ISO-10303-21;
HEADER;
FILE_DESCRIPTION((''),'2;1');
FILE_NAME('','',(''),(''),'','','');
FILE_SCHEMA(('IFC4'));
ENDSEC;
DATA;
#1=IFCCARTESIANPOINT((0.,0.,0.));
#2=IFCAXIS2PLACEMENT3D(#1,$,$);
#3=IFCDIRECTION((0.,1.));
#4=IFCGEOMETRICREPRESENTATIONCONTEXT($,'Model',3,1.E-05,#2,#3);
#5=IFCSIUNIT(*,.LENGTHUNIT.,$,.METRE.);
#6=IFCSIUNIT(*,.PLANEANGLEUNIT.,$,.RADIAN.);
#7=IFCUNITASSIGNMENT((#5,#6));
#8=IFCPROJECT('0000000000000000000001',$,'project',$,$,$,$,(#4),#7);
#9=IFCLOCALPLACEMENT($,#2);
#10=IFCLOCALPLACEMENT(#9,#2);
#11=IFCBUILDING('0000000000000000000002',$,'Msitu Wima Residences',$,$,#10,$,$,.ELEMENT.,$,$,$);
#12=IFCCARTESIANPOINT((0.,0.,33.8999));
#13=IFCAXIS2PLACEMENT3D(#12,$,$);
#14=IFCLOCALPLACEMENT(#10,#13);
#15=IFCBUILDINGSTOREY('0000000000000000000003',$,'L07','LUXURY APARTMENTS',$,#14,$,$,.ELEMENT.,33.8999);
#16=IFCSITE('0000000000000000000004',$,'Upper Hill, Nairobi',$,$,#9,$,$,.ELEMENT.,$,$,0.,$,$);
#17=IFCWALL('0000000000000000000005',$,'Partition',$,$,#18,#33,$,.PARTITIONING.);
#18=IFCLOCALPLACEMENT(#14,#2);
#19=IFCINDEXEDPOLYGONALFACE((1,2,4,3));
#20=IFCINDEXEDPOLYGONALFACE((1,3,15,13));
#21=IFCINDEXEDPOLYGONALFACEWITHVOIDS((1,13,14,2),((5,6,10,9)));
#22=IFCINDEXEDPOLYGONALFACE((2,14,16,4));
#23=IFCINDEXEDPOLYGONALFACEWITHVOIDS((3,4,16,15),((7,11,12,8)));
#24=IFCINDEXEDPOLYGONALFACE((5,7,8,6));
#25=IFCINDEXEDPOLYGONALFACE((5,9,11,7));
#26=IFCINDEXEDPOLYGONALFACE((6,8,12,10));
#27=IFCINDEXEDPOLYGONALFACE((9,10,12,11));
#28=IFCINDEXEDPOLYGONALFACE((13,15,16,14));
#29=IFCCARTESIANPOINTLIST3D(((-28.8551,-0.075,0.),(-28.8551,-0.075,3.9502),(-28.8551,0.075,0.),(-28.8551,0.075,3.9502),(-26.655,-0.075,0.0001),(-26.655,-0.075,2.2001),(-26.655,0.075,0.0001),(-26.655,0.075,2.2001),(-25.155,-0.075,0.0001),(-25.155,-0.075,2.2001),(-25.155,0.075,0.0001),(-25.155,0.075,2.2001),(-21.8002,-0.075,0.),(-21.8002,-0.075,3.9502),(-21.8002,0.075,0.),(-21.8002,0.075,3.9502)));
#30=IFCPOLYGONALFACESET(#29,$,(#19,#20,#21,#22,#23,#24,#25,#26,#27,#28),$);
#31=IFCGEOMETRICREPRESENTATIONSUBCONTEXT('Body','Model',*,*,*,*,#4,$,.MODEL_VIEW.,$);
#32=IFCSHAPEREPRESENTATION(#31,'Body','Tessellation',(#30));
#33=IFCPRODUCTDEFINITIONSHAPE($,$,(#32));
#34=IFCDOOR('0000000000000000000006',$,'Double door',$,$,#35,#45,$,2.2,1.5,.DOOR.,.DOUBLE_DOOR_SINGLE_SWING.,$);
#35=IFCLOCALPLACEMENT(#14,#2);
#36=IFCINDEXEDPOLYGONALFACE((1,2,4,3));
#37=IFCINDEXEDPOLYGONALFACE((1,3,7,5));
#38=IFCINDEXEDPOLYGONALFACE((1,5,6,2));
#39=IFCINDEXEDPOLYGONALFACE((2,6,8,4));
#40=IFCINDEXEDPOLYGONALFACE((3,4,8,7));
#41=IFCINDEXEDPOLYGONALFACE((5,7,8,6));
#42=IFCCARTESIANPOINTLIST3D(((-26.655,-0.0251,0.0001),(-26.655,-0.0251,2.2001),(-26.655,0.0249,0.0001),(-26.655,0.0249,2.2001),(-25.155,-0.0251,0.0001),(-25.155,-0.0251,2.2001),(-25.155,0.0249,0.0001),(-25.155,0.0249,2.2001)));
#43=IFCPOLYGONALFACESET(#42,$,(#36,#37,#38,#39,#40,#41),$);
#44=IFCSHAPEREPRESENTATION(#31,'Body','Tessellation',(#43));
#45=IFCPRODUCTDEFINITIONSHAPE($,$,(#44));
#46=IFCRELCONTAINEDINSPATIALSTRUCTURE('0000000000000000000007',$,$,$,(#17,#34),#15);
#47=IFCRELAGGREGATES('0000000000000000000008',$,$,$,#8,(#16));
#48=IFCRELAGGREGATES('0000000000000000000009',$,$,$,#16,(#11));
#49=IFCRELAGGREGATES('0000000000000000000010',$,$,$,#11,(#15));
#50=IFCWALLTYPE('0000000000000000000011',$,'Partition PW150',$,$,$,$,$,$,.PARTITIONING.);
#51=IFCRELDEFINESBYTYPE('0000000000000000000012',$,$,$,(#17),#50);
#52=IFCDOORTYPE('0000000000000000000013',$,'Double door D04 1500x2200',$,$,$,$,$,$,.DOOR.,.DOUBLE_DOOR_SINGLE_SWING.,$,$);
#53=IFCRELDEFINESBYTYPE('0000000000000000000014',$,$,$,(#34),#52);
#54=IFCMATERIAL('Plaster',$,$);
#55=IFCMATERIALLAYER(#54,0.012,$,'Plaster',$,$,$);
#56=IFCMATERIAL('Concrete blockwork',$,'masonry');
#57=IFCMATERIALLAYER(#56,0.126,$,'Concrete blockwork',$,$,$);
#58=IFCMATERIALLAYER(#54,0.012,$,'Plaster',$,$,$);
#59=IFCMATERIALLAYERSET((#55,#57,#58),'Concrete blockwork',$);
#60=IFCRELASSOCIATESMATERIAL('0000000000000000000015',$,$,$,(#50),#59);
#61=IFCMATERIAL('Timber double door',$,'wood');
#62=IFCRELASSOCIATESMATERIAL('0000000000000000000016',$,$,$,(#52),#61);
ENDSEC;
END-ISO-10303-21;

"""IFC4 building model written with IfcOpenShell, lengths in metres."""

from ifc_helpers import new_model, si_unit, direction, frame, frame_2d, origin, place, context, subcontext, project, spatial, rectangle, extrude, material, layer, layer_set, type_object, element, fill, save


model = new_model("IFC4")

# Units and contexts
model_context = context("Model", 3, precision=1e-05, world=origin(), true_north=direction((0.0, 1.0)))
body_context = subcontext(model_context, "Body", "Model", "MODEL_VIEW")
ifc_project = project(units=[si_unit("LENGTHUNIT", "METRE"), si_unit("PLANEANGLEUNIT", "RADIAN")], contexts=[model_context])

# Site, building, storey
site_placement = place(None, origin())
site = spatial("IfcSite", under=ifc_project, at=site_placement, Name="Upper Hill, Nairobi", CompositionType="ELEMENT", RefElevation=0.0)
building_placement = place(site_placement, origin())
building = spatial("IfcBuilding", under=site, at=building_placement, Name="Msitu Wima Residences", CompositionType="ELEMENT")
storey_placement = place(building_placement, frame((0.0, 0.0, 33.8999)))
storey = spatial("IfcBuildingStorey", under=building, at=storey_placement, Name="L07", Description="LUXURY APARTMENTS", CompositionType="ELEMENT", Elevation=33.8999)

# Shared definitions
ifc_material_1 = material(Name="Plaster")
ifc_layer_1 = layer(ifc_material_1, 0.012, Name="Plaster")
ifc_material_2 = material(Name="Concrete blockwork", Category="masonry")
ifc_layer_2 = layer(ifc_material_2, 0.126, Name="Concrete blockwork")
ifc_layer_3 = layer(ifc_material_1, 0.012, Name="Plaster")
ifc_layer_set_1 = layer_set([ifc_layer_1, ifc_layer_2, ifc_layer_3], Name="Concrete blockwork")
wall_type_1 = type_object("IfcWallType", Name="Partition PW150", PredefinedType="PARTITIONING", material=ifc_layer_set_1)

# Wall, opening, door
wall_1_placement = place(storey_placement, frame((-28.855, 0.0, 0.0), z_axis=(0.0, 0.0, 1.0), x_axis=(1.0, 0.0, 0.0)))
wall_1 = element("IfcWall", 1, at=wall_1_placement, inside=storey, type_object=wall_type_1, Name="Partition", PredefinedType="PARTITIONING", context=body_context, shape_type="SweptSolid", body=[
    extrude(rectangle(XDim=7.0549, YDim=0.1499, at=frame_2d((3.5273, 0.0))), origin(), (0.0, 0.0, 1.0), 3.9502),
])
opening_1_placement = place(wall_1_placement, frame((2.2, 0.0, 0.0)))
opening_1 = element("IfcOpeningElement", 2, at=opening_1_placement, cuts=wall_1, PredefinedType="OPENING", context=body_context, shape_type="SweptSolid", body=[
    extrude(rectangle(XDim=1.5, YDim=2.2, at=frame_2d((0.75, 1.1001))), frame((0.0, 0.085, 0.0), z_axis=(0.0, -1.0, 0.0), x_axis=(1.0, 0.0, 0.0)), (0.0, 0.0, 1.0), 0.1699),
])
ifc_material_3 = material(Name="Timber double door", Category="wood")
door_type_1 = type_object("IfcDoorType", Name="Double door D04 1500x2200", OperationType="DOUBLE_DOOR_SINGLE_SWING", PredefinedType="DOOR", material=ifc_material_3)
door_1_placement = place(opening_1_placement, origin())
door_1 = element("IfcDoor", 3, at=door_1_placement, inside=storey, type_object=door_type_1, Name="Double door", OperationType="DOUBLE_DOOR_SINGLE_SWING", OverallHeight=2.2, OverallWidth=1.5, PredefinedType="DOOR", context=body_context, shape_type="SweptSolid", body=[
    extrude(rectangle(XDim=1.5, YDim=2.2, at=frame_2d((0.75, 1.1001))), frame((0.0, 0.0249, 0.0), z_axis=(0.0, -1.0, 0.0), x_axis=(1.0, 0.0, 0.0)), (0.0, 0.0, 1.0), 0.05),
])
fill(opening_1, door_1)

save(model, "model.ifc")
